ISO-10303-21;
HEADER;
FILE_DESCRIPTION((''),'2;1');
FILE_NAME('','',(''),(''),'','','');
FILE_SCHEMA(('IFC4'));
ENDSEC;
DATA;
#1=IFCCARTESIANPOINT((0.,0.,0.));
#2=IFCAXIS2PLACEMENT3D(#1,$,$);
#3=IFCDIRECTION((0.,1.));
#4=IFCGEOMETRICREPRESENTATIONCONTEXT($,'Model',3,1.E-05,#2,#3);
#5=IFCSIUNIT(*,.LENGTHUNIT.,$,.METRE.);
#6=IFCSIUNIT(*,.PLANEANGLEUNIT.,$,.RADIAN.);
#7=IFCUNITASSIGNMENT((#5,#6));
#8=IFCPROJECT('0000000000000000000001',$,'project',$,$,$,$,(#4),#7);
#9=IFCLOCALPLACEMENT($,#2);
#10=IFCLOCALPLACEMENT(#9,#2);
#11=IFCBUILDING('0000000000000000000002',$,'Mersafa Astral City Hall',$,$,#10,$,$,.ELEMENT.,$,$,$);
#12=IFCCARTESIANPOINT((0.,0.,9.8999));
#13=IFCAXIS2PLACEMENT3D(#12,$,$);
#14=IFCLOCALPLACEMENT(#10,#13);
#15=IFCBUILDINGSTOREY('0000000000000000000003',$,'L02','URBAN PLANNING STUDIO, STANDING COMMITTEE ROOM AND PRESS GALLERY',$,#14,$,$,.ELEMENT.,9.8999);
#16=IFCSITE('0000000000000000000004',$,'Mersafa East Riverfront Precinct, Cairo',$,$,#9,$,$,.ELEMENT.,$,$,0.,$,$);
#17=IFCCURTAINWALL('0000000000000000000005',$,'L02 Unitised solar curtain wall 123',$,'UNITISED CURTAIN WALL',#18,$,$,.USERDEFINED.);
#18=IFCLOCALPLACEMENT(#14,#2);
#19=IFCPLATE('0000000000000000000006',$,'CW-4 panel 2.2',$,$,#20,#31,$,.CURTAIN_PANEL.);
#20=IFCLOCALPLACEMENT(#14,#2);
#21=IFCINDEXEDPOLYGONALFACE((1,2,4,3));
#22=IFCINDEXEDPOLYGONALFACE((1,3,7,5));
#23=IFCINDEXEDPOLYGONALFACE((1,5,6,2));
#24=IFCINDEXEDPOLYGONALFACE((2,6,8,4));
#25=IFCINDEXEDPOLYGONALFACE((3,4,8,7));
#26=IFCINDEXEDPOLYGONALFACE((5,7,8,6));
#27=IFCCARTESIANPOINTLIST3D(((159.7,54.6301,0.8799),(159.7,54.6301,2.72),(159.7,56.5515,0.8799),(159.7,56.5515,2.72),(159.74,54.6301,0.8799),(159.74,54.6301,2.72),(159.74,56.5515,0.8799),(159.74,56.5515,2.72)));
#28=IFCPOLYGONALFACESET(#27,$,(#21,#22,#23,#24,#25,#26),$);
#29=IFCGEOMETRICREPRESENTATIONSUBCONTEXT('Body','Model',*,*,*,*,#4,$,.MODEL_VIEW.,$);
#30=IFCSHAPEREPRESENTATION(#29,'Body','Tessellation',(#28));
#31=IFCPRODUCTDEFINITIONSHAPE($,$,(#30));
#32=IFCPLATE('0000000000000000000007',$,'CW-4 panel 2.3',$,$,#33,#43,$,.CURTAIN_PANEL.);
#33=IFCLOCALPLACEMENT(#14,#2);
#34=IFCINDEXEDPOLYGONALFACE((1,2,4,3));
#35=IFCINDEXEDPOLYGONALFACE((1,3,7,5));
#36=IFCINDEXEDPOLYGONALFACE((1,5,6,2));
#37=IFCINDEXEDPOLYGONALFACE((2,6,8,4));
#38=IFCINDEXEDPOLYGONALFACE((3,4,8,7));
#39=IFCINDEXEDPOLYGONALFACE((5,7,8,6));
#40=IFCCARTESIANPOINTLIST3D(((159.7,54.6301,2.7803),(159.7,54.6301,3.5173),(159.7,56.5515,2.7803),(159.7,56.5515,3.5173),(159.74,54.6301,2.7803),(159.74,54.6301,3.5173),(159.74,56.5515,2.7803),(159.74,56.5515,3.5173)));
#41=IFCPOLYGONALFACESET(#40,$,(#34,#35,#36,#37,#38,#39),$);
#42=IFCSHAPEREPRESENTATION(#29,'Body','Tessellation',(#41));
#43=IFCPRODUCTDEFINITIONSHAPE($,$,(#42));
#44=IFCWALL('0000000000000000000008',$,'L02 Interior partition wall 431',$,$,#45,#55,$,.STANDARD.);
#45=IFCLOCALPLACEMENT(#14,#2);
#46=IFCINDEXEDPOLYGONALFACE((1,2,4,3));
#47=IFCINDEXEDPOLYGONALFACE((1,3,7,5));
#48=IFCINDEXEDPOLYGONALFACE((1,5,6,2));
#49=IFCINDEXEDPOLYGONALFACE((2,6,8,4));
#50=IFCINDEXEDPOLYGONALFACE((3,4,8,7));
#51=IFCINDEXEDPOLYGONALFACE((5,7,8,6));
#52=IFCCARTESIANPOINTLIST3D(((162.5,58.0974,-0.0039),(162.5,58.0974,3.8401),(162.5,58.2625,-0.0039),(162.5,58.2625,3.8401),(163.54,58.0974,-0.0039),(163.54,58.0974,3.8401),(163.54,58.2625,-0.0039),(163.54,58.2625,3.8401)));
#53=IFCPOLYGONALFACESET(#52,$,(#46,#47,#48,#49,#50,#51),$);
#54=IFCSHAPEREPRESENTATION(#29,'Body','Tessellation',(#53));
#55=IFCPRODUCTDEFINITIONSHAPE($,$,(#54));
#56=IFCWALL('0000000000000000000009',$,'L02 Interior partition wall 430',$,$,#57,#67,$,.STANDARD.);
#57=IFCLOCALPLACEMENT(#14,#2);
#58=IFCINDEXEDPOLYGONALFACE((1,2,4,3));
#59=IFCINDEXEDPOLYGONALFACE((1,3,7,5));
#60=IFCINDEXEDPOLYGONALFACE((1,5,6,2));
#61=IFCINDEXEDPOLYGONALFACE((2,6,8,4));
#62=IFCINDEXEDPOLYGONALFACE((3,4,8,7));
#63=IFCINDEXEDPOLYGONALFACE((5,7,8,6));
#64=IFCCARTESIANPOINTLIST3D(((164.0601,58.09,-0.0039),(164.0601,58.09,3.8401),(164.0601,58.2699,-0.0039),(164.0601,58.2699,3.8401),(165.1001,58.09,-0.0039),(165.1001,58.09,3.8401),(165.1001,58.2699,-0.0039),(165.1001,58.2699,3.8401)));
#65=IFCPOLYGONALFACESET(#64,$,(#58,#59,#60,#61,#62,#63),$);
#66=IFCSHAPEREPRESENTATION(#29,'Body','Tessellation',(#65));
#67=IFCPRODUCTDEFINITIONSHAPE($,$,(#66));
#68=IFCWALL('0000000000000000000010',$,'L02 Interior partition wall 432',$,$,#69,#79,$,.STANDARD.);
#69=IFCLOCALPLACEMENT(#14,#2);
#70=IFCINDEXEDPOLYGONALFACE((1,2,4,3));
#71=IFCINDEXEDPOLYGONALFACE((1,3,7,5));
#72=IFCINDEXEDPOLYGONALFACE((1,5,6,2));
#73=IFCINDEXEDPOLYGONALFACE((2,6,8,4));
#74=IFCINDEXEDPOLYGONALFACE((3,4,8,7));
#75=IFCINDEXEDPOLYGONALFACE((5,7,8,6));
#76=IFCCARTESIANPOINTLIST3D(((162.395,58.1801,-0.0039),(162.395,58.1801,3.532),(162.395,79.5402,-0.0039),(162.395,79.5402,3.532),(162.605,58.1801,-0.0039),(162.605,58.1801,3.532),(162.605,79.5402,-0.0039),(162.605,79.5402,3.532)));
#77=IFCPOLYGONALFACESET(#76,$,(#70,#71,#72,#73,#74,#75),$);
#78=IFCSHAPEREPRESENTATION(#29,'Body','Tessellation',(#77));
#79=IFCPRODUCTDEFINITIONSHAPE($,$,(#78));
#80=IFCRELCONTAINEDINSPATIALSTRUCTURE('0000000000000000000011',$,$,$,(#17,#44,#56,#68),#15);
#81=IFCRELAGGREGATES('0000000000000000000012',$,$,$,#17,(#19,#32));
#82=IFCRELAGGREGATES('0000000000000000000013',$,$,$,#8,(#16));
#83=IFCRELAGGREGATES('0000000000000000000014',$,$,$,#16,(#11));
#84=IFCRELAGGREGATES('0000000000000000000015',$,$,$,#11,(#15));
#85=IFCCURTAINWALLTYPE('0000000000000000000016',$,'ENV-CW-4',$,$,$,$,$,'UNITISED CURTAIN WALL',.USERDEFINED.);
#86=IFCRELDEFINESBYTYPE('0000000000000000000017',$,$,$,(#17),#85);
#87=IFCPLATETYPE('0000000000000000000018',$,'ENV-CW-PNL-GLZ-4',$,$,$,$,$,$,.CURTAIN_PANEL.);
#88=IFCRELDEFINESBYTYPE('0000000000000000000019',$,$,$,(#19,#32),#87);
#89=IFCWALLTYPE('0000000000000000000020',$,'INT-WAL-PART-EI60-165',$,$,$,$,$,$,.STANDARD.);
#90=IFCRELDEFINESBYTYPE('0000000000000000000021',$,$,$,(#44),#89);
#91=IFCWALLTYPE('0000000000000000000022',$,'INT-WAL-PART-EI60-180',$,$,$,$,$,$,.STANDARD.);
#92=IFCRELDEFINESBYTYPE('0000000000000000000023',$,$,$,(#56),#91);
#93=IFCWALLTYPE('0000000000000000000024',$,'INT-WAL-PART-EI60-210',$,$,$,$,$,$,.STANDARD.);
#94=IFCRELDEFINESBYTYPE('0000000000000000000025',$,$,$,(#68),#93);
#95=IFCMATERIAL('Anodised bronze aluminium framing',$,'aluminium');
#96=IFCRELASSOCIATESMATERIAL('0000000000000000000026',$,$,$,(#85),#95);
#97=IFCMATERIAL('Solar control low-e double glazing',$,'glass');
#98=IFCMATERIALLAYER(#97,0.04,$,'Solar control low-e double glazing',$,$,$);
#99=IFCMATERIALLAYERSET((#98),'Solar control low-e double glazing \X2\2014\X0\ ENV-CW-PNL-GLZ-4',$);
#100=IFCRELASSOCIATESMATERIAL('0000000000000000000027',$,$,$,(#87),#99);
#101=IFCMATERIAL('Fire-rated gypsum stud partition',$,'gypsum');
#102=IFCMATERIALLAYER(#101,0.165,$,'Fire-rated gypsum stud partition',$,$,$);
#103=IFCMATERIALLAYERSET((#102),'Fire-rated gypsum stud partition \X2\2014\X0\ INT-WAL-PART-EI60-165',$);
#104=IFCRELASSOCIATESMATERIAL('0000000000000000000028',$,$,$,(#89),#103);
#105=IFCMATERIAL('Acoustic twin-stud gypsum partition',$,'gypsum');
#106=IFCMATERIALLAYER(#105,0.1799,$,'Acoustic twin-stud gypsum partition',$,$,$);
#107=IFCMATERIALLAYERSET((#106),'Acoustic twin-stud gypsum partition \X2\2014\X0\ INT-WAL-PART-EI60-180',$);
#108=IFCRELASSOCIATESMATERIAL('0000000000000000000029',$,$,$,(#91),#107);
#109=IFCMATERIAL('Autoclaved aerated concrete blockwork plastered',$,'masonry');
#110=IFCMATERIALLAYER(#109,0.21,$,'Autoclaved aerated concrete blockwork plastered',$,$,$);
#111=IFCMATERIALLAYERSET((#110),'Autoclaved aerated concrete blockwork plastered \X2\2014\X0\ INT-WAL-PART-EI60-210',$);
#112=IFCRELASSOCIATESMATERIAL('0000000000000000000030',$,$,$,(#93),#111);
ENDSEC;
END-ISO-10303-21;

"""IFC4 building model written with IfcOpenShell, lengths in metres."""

from ifc_helpers import new_model, si_unit, direction, frame, frame_2d, origin, origin_2d, place, context, subcontext, project, spatial, rectangle, extrude, material, layer, layer_set, type_object, element, aggregate, save


model = new_model("IFC4")

# Units and contexts
model_context = context("Model", 3, precision=1e-05, world=origin(), true_north=direction((0.0, 1.0)))
body_context = subcontext(model_context, "Body", "Model", "MODEL_VIEW")
ifc_project = project(units=[si_unit("LENGTHUNIT", "METRE"), si_unit("PLANEANGLEUNIT", "RADIAN")], contexts=[model_context])

# Site, building, storey
site_placement = place(None, origin())
site = spatial("IfcSite", under=ifc_project, at=site_placement, Name="Mersafa East Riverfront Precinct, Cairo", CompositionType="ELEMENT", RefElevation=0.0)
building_placement = place(site_placement, origin())
building = spatial("IfcBuilding", under=site, at=building_placement, Name="Mersafa Astral City Hall", CompositionType="ELEMENT")
storey_placement = place(building_placement, frame((0.0, 0.0, 9.8999)))
storey = spatial("IfcBuildingStorey", under=building, at=storey_placement, Name="L02", Description="URBAN PLANNING STUDIO, STANDING COMMITTEE ROOM AND PRESS GALLERY", CompositionType="ELEMENT", Elevation=9.8999)

# Curtain wall
ifc_material_1 = material(Name="Anodised bronze aluminium framing", Category="aluminium")
curtain_wall_type = type_object("IfcCurtainWallType", Name="ENV-CW-4", ElementType="UNITISED CURTAIN WALL", PredefinedType="USERDEFINED", material=ifc_material_1)
curtain_wall_placement = place(storey_placement, origin())
curtain_wall = element("IfcCurtainWall", 1, at=curtain_wall_placement, inside=storey, type_object=curtain_wall_type, Name="L02 Unitised solar curtain wall 123", ObjectType="UNITISED CURTAIN WALL", PredefinedType="USERDEFINED")

# Plates
ifc_material_2 = material(Name="Solar control low-e double glazing", Category="glass")
ifc_layer_1 = layer(ifc_material_2, 0.04, Name="Solar control low-e double glazing")
ifc_layer_set_1 = layer_set([ifc_layer_1], Name="Solar control low-e double glazing — ENV-CW-PNL-GLZ-4")
plate_type = type_object("IfcPlateType", Name="ENV-CW-PNL-GLZ-4", PredefinedType="CURTAIN_PANEL", material=ifc_layer_set_1)
plate_1_placement = place(storey_placement, frame((159.72, 55.5908, 0.8799), z_axis=(0.0, 0.0, 1.0), x_axis=(0.0, -1.0, 0.0)))
plate_1 = element("IfcPlate", 2, at=plate_1_placement, type_object=plate_type, Name="CW-4 panel 2.2", PredefinedType="CURTAIN_PANEL", context=body_context, shape_type="SweptSolid", body=[
    extrude(rectangle(XDim=1.9214, YDim=0.04, at=origin_2d()), origin(), (0.0, 0.0, 1.0), 1.8401),
])
plate_2_placement = place(storey_placement, frame((159.72, 55.5908, 2.7803), z_axis=(0.0, 0.0, 1.0), x_axis=(0.0, -1.0, 0.0)))
plate_2 = element("IfcPlate", 3, at=plate_2_placement, type_object=plate_type, Name="CW-4 panel 2.3", PredefinedType="CURTAIN_PANEL", context=body_context, shape_type="SweptSolid", body=[
    extrude(rectangle(XDim=1.9214, YDim=0.04, at=origin_2d()), origin(), (0.0, 0.0, 1.0), 0.7371),
])
aggregate(curtain_wall, [plate_1, plate_2])

# Walls
ifc_material_3 = material(Name="Fire-rated gypsum stud partition", Category="gypsum")
ifc_layer_2 = layer(ifc_material_3, 0.165, Name="Fire-rated gypsum stud partition")
ifc_layer_set_2 = layer_set([ifc_layer_2], Name="Fire-rated gypsum stud partition — INT-WAL-PART-EI60-165")
wall_type_1 = type_object("IfcWallType", Name="INT-WAL-PART-EI60-165", PredefinedType="STANDARD", material=ifc_layer_set_2)
wall_1_placement = place(storey_placement, frame((163.54, 58.1799, -0.0039), z_axis=(0.0, 0.0, 1.0), x_axis=(-1.0, 0.0, 0.0)))
element("IfcWall", 4, at=wall_1_placement, inside=storey, type_object=wall_type_1, Name="L02 Interior partition wall 431", PredefinedType="STANDARD", context=body_context, shape_type="SweptSolid", body=[
    extrude(rectangle(XDim=1.04, YDim=0.165, at=frame_2d((0.52, 0.0))), origin(), (0.0, 0.0, 1.0), 3.844),
])
ifc_material_4 = material(Name="Acoustic twin-stud gypsum partition", Category="gypsum")
ifc_layer_3 = layer(ifc_material_4, 0.1799, Name="Acoustic twin-stud gypsum partition")
ifc_layer_set_3 = layer_set([ifc_layer_3], Name="Acoustic twin-stud gypsum partition — INT-WAL-PART-EI60-180")
wall_type_2 = type_object("IfcWallType", Name="INT-WAL-PART-EI60-180", PredefinedType="STANDARD", material=ifc_layer_set_3)
wall_2_placement = place(storey_placement, frame((165.1001, 58.1799, -0.0039), z_axis=(0.0, 0.0, 1.0), x_axis=(-1.0, 0.0, 0.0)))
element("IfcWall", 5, at=wall_2_placement, inside=storey, type_object=wall_type_2, Name="L02 Interior partition wall 430", PredefinedType="STANDARD", context=body_context, shape_type="SweptSolid", body=[
    extrude(rectangle(XDim=1.04, YDim=0.1799, at=frame_2d((0.52, 0.0))), origin(), (0.0, 0.0, 1.0), 3.844),
])
ifc_material_5 = material(Name="Autoclaved aerated concrete blockwork plastered", Category="masonry")
ifc_layer_4 = layer(ifc_material_5, 0.21, Name="Autoclaved aerated concrete blockwork plastered")
ifc_layer_set_4 = layer_set([ifc_layer_4], Name="Autoclaved aerated concrete blockwork plastered — INT-WAL-PART-EI60-210")
wall_type_3 = type_object("IfcWallType", Name="INT-WAL-PART-EI60-210", PredefinedType="STANDARD", material=ifc_layer_set_4)
wall_3_placement = place(storey_placement, frame((162.5, 58.1799, -0.0039), z_axis=(0.0, 0.0, 1.0), x_axis=(0.0, 1.0, 0.0)))
element("IfcWall", 6, at=wall_3_placement, inside=storey, type_object=wall_type_3, Name="L02 Interior partition wall 432", PredefinedType="STANDARD", context=body_context, shape_type="SweptSolid", body=[
    extrude(rectangle(XDim=21.3601, YDim=0.21, at=frame_2d((10.6802, 0.0))), origin(), (0.0, 0.0, 1.0), 3.5359),
])

save(model, "model.ifc")
